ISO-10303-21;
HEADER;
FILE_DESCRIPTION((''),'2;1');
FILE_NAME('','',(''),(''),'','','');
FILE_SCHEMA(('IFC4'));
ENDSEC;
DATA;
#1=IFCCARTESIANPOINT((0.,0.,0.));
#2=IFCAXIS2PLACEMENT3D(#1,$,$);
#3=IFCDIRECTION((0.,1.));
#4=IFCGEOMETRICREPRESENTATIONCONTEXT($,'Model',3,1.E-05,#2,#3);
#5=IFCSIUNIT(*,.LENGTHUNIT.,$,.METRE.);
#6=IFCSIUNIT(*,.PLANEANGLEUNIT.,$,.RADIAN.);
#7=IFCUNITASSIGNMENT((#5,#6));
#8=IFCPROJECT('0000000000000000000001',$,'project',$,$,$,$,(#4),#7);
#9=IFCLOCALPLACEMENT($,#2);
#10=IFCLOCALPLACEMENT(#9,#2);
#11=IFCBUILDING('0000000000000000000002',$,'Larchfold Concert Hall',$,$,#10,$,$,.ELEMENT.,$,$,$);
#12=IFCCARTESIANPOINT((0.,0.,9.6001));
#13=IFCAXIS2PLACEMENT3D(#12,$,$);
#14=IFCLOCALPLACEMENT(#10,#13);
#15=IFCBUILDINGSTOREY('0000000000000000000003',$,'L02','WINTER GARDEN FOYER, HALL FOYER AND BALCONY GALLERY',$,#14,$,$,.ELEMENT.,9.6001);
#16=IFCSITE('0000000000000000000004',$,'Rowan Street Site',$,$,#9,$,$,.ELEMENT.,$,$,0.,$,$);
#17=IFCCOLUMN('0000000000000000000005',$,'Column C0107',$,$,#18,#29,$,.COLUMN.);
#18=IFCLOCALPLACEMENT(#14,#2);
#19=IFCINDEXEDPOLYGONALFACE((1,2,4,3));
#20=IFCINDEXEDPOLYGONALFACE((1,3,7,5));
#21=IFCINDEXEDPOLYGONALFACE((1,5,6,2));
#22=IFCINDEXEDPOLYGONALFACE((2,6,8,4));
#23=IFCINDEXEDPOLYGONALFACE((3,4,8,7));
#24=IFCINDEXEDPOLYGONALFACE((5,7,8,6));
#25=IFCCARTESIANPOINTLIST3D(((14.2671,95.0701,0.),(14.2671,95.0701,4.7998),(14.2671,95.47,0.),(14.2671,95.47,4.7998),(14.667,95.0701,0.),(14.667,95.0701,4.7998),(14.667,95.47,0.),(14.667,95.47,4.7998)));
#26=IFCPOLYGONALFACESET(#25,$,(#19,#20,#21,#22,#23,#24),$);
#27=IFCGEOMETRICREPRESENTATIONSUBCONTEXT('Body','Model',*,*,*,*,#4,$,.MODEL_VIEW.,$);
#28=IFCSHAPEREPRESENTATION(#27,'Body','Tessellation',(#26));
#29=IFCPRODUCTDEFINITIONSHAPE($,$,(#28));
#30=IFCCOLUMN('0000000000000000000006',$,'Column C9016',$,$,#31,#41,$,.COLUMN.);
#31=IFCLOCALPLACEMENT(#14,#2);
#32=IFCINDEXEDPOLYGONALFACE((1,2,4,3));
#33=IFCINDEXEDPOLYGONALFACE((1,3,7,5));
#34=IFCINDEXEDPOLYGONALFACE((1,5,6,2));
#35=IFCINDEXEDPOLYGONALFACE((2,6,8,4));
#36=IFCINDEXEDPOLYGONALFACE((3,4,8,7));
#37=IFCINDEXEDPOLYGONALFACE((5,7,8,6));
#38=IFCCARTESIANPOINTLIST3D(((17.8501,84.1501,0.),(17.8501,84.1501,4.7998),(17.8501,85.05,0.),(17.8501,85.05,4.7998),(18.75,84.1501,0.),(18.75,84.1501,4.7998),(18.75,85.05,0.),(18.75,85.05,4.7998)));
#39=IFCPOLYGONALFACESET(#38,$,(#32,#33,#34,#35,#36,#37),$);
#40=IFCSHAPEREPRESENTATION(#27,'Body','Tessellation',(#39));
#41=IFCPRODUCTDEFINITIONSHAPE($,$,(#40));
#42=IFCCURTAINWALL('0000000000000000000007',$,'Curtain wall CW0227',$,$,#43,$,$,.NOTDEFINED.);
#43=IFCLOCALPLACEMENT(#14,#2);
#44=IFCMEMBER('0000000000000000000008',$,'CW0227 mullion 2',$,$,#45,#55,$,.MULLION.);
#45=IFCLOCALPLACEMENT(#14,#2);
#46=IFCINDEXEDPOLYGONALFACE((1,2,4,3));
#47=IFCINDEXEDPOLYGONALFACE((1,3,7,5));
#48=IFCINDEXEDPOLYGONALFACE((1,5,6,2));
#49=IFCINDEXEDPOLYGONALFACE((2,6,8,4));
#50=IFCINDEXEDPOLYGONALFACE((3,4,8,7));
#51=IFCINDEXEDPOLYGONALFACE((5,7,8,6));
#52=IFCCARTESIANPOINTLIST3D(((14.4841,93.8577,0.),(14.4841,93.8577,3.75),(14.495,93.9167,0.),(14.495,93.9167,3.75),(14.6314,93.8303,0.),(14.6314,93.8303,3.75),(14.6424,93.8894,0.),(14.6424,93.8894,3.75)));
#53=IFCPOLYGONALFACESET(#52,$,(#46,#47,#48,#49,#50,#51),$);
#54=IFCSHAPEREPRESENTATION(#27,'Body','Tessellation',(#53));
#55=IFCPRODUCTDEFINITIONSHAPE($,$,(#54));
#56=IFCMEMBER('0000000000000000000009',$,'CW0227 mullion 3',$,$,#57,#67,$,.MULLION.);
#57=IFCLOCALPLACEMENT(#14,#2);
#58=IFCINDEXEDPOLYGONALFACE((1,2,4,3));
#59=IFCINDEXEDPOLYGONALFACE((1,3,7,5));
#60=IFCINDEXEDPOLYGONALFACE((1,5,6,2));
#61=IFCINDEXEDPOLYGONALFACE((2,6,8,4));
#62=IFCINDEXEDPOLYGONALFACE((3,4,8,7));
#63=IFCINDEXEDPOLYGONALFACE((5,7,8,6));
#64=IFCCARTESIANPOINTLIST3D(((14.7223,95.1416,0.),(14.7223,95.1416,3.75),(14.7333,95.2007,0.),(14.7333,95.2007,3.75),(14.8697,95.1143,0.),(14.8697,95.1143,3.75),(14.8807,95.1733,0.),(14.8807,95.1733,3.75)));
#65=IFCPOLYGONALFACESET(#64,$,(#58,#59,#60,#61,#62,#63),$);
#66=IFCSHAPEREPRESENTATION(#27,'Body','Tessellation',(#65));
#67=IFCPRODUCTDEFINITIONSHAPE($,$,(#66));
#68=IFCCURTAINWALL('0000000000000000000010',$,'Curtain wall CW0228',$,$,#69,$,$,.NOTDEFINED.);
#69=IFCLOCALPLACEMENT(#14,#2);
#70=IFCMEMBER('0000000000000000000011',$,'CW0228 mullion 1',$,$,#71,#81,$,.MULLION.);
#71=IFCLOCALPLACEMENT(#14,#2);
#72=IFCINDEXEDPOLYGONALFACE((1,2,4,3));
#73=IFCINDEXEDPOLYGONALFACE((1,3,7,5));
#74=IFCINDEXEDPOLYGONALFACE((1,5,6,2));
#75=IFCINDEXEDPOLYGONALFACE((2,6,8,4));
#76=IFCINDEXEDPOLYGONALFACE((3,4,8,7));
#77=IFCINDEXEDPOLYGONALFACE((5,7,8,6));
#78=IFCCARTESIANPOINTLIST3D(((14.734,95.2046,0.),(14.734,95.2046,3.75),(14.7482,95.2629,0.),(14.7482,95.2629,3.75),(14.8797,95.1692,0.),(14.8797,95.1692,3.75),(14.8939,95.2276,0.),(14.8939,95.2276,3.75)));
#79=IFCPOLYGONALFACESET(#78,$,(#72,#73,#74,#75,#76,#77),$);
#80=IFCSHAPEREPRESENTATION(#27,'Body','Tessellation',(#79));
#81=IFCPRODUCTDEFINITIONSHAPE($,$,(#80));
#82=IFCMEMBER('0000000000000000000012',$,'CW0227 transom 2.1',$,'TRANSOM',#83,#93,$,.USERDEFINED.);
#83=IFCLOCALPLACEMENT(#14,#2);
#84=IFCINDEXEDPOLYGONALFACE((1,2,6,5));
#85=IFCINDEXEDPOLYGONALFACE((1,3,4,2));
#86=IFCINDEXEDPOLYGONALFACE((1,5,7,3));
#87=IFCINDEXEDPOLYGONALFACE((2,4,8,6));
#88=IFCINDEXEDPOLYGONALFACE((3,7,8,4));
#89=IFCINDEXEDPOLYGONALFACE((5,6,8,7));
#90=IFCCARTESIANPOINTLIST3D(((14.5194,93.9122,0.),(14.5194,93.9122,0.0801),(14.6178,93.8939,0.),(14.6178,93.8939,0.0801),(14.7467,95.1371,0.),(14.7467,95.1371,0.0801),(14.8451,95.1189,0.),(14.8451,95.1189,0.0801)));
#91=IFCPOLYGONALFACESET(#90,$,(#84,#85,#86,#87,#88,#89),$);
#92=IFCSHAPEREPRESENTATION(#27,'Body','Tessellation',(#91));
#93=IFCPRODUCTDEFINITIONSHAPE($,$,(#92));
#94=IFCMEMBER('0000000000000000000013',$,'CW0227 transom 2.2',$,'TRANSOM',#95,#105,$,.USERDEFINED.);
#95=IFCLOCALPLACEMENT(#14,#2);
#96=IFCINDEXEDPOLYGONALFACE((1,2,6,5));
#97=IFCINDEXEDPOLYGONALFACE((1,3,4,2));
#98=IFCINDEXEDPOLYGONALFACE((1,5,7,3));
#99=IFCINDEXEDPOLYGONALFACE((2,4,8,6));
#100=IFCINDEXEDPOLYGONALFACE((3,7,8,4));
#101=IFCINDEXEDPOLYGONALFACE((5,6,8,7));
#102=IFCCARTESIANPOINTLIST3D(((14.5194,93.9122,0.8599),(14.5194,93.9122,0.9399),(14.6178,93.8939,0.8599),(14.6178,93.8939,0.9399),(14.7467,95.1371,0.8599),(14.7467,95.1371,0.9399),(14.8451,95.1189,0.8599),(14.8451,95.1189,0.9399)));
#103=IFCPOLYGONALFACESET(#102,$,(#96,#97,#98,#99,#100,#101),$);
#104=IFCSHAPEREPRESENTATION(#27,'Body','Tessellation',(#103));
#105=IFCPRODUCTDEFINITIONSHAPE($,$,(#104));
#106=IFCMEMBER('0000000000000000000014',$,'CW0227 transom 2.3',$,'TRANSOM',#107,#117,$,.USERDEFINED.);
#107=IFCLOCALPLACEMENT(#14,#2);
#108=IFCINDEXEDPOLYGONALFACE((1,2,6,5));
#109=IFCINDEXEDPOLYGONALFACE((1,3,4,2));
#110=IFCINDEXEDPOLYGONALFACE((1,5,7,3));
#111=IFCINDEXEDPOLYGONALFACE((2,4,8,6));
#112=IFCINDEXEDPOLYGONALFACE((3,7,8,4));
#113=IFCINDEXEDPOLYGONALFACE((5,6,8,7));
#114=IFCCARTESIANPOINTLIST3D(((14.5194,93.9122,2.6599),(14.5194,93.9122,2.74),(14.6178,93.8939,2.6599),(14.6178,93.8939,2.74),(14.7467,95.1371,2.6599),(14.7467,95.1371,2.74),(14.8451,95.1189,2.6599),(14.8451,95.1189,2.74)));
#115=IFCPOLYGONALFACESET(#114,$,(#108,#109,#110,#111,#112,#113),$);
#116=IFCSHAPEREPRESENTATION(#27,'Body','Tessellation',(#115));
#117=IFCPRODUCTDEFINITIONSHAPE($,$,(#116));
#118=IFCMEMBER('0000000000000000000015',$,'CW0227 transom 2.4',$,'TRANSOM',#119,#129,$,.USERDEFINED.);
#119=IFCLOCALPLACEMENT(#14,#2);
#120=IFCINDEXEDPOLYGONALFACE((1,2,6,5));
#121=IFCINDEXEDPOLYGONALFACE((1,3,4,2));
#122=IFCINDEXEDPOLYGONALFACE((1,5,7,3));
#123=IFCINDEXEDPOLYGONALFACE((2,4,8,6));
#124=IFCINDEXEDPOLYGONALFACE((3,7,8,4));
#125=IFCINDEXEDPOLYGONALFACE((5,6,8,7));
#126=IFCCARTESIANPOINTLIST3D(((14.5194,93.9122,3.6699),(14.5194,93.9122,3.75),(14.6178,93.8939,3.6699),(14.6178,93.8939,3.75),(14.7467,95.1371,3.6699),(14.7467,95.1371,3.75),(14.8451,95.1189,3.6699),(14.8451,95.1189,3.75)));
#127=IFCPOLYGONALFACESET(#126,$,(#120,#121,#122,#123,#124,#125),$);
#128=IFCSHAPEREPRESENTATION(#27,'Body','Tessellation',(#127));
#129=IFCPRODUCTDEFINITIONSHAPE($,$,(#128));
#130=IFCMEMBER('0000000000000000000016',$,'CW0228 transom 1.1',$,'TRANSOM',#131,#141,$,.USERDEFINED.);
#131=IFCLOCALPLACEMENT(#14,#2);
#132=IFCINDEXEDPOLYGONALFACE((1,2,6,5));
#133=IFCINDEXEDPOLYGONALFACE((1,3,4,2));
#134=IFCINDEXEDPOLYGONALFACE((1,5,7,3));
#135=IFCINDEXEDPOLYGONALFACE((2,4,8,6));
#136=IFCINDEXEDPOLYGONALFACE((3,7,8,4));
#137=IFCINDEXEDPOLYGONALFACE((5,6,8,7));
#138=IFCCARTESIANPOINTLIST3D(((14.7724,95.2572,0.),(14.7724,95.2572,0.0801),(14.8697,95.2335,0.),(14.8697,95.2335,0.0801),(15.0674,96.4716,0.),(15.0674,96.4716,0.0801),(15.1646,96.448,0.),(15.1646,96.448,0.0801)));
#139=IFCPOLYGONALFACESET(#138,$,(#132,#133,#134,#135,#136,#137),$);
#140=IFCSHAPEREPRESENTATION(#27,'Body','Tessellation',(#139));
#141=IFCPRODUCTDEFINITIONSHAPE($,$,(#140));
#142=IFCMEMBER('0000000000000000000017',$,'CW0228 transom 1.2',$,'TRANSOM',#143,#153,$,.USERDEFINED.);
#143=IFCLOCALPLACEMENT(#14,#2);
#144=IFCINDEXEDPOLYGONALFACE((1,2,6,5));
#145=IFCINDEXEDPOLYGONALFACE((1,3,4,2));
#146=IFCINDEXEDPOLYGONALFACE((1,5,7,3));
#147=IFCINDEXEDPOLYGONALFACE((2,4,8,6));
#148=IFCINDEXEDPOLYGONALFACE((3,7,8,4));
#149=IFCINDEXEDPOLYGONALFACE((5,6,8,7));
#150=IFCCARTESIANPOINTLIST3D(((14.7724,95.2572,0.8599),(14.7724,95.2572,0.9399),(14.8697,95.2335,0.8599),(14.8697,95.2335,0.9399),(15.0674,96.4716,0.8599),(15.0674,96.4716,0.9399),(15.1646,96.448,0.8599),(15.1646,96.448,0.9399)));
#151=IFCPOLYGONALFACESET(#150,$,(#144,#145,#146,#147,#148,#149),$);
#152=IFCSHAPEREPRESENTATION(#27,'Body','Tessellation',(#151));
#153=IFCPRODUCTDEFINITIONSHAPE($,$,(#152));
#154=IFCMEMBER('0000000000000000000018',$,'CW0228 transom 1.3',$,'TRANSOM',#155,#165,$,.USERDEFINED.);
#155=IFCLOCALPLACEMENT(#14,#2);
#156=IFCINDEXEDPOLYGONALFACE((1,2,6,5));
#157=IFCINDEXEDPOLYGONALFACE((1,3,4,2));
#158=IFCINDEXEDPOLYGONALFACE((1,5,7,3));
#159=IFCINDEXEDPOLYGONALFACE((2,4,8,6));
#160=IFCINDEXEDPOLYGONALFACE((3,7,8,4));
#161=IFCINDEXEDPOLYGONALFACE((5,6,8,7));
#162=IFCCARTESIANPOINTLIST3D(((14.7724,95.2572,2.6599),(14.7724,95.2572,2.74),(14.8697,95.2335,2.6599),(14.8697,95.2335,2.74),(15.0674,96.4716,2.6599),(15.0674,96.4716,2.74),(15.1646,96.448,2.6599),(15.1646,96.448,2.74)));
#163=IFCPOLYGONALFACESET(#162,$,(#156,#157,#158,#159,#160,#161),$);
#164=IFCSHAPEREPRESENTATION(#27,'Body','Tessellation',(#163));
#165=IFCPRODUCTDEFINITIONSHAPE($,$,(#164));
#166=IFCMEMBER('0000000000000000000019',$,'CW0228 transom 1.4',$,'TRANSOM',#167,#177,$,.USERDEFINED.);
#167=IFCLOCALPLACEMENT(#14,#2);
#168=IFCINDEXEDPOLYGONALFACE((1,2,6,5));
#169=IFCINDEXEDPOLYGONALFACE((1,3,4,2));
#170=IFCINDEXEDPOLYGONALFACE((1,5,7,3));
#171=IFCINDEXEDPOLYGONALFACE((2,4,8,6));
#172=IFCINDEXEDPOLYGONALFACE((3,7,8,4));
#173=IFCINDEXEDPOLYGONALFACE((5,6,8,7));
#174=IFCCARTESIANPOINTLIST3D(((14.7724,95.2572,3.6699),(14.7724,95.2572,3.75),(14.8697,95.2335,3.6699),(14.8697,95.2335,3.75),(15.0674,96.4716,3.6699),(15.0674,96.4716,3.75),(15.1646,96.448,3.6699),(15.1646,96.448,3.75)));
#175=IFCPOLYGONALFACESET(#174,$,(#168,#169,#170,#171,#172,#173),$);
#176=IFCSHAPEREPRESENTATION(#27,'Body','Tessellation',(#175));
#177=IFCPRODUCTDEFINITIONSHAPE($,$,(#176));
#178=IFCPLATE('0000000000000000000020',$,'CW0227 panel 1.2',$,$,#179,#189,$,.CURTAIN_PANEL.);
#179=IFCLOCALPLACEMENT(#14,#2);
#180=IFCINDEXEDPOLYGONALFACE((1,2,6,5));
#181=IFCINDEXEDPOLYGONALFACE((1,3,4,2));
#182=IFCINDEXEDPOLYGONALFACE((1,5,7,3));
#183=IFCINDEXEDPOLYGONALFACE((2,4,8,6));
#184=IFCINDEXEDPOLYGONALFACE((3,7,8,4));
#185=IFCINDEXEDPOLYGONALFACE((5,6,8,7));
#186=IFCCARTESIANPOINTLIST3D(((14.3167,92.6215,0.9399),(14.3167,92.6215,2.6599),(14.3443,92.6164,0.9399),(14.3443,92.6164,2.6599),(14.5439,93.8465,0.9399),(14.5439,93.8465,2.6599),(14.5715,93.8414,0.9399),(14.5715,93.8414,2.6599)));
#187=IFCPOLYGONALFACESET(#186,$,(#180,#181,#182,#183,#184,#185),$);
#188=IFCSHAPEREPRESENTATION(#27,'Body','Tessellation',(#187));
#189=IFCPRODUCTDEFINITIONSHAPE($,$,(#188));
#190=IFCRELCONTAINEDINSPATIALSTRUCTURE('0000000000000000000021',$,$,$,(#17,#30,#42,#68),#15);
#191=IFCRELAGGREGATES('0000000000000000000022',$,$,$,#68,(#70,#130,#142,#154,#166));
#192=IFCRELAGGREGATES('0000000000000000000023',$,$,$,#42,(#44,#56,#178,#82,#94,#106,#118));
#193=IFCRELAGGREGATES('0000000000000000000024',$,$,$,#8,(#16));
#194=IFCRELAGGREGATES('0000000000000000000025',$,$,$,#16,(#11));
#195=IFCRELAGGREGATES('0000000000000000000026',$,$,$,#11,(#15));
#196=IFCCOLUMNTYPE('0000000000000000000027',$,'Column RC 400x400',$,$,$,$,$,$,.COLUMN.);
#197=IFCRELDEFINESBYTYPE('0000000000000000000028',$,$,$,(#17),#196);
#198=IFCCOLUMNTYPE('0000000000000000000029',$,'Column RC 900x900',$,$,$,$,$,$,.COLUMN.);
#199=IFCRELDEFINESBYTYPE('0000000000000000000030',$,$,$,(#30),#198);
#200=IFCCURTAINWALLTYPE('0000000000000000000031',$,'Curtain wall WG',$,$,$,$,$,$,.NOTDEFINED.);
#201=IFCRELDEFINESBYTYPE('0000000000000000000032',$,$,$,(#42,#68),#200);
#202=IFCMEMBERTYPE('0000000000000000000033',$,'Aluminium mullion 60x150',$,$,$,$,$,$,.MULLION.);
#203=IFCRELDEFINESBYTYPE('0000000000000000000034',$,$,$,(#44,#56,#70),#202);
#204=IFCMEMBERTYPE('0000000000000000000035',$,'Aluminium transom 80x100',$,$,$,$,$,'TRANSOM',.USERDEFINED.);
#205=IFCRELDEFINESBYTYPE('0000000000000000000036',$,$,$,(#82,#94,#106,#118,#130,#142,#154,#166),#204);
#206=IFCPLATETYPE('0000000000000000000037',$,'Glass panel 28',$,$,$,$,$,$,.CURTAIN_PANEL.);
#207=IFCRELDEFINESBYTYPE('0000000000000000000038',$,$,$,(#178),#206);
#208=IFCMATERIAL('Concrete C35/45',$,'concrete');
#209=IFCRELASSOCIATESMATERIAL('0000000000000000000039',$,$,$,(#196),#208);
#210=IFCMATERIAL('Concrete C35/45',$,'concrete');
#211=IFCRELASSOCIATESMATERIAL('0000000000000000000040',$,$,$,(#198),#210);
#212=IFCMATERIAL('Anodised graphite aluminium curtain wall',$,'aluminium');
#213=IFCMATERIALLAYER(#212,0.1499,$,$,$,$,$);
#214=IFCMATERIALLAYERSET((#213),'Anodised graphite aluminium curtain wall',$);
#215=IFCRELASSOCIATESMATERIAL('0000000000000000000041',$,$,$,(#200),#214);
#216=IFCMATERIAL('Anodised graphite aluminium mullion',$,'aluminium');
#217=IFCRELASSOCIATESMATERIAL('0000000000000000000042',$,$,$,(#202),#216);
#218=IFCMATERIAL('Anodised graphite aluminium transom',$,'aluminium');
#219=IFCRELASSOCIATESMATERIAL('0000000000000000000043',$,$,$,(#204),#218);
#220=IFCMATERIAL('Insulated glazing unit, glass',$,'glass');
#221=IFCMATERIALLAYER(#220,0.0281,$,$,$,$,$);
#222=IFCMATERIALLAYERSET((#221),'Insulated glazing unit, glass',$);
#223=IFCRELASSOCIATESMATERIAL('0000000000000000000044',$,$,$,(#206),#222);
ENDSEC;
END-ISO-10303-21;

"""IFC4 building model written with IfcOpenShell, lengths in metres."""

from ifc_helpers import new_model, si_unit, direction, frame, origin, origin_2d, place, context, subcontext, project, spatial, rectangle, extrude, material, layer, layer_set, material_profile, profile_set, type_object, element, aggregate, save


model = new_model("IFC4")

# Units and contexts
model_context = context("Model", 3, precision=1e-05, world=origin(), true_north=direction((0.0, 1.0)))
body_context = subcontext(model_context, "Body", "Model", "MODEL_VIEW")
ifc_project = project(units=[si_unit("LENGTHUNIT", "METRE"), si_unit("PLANEANGLEUNIT", "RADIAN")], contexts=[model_context])

# Site, building, storey
site_placement = place(None, origin())
site = spatial("IfcSite", under=ifc_project, at=site_placement, Name="Rowan Street Site", CompositionType="ELEMENT", RefElevation=0.0)
building_placement = place(site_placement, origin())
building = spatial("IfcBuilding", under=site, at=building_placement, Name="Larchfold Concert Hall", CompositionType="ELEMENT")
storey_placement = place(building_placement, frame((0.0, 0.0, 9.6001)))
storey = spatial("IfcBuildingStorey", under=building, at=storey_placement, Name="L02", Description="WINTER GARDEN FOYER, HALL FOYER AND BALCONY GALLERY", CompositionType="ELEMENT", Elevation=9.6001)

# Columns
ifc_material_1 = material(Name="Concrete C35/45", Category="concrete")
ifc_material_profile_1 = material_profile(ifc_material_1, rectangle(XDim=0.3999, YDim=0.3999, at=origin_2d()))
ifc_profile_set_1 = profile_set([ifc_material_profile_1], Name="Concrete C35/45")
column_type_1 = type_object("IfcColumnType", Name="Column RC 400x400", PredefinedType="COLUMN", material=ifc_profile_set_1)
column_1_placement = place(storey_placement, frame((14.467, 95.27, 0.0), z_axis=(0.0, 0.0, 1.0), x_axis=(1.0, 0.0, 0.0)))
element("IfcColumn", 1, at=column_1_placement, inside=storey, type_object=column_type_1, Name="Column C0107", PredefinedType="COLUMN", context=body_context, shape_type="SweptSolid", body=[
    extrude(rectangle(XDim=0.3999, YDim=0.3999, at=origin_2d()), origin(), (0.0, 0.0, 1.0), 4.7998),
])
ifc_material_2 = material(Name="Concrete C35/45", Category="concrete")
ifc_material_profile_2 = material_profile(ifc_material_2, rectangle(XDim=0.8999, YDim=0.8999, at=origin_2d()))
ifc_profile_set_2 = profile_set([ifc_material_profile_2], Name="Concrete C35/45")
column_type_2 = type_object("IfcColumnType", Name="Column RC 900x900", PredefinedType="COLUMN", material=ifc_profile_set_2)
column_2_placement = place(storey_placement, frame((18.3, 84.6001, 0.0), z_axis=(0.0, 0.0, 1.0), x_axis=(0.000002, 1.0, 0.0)))
element("IfcColumn", 2, at=column_2_placement, inside=storey, type_object=column_type_2, Name="Column C9016", PredefinedType="COLUMN", context=body_context, shape_type="SweptSolid", body=[
    extrude(rectangle(XDim=0.8999, YDim=0.8999, at=origin_2d()), origin(), (0.0, 0.0, 1.0), 4.7998),
])

# Curtain wall, members
ifc_material_3 = material(Name="Anodised graphite aluminium curtain wall", Category="aluminium")
ifc_layer_1 = layer(ifc_material_3, 0.1499)
ifc_layer_set_1 = layer_set([ifc_layer_1], Name="Anodised graphite aluminium curtain wall")
curtain_wall_type = type_object("IfcCurtainWallType", Name="Curtain wall WG", PredefinedType="NOTDEFINED", material=ifc_layer_set_1)
curtain_wall_1_placement = place(storey_placement, origin())
curtain_wall_1 = element("IfcCurtainWall", 3, at=curtain_wall_1_placement, inside=storey, type_object=curtain_wall_type, Name="Curtain wall CW0227", PredefinedType="NOTDEFINED")
ifc_material_4 = material(Name="Anodised graphite aluminium mullion", Category="aluminium")
ifc_material_profile_3 = material_profile(ifc_material_4, rectangle(XDim=0.1499, YDim=0.0601, at=origin_2d()))
ifc_profile_set_3 = profile_set([ifc_material_profile_3], Name="Anodised graphite aluminium mullion")
member_type_1 = type_object("IfcMemberType", Name="Aluminium mullion 60x150", PredefinedType="MULLION", material=ifc_profile_set_3)
member_1_placement = place(storey_placement, frame((14.5632, 93.8735, 0.0), z_axis=(0.0, 0.0, 1.0), x_axis=(-0.983226, 0.18239, 0.0)))
member_1 = element("IfcMember", 4, at=member_1_placement, type_object=member_type_1, Name="CW0227 mullion 2", PredefinedType="MULLION", context=body_context, shape_type="SweptSolid", body=[
    extrude(rectangle(XDim=0.1499, YDim=0.0601, at=origin_2d()), origin(), (0.0, 0.0, 1.0), 3.75),
])
member_2_placement = place(storey_placement, frame((14.8015, 95.1575, 0.0), z_axis=(0.0, 0.0, 1.0), x_axis=(-0.983226, 0.18239, 0.0)))
member_2 = element("IfcMember", 5, at=member_2_placement, type_object=member_type_1, Name="CW0227 mullion 3", PredefinedType="MULLION", context=body_context, shape_type="SweptSolid", body=[
    extrude(rectangle(XDim=0.1499, YDim=0.0601, at=origin_2d()), origin(), (0.0, 0.0, 1.0), 3.75),
])

# Curtain wall, member
curtain_wall_2_placement = place(storey_placement, origin())
curtain_wall_2 = element("IfcCurtainWall", 6, at=curtain_wall_2_placement, inside=storey, type_object=curtain_wall_type, Name="Curtain wall CW0228", PredefinedType="NOTDEFINED")
member_3_placement = place(storey_placement, frame((14.814, 95.2161, 0.0), z_axis=(0.0, 0.0, 1.0), x_axis=(-0.971771, 0.235926, 0.0)))
member_3 = element("IfcMember", 7, at=member_3_placement, type_object=member_type_1, Name="CW0228 mullion 1", PredefinedType="MULLION", context=body_context, shape_type="SweptSolid", body=[
    extrude(rectangle(XDim=0.1499, YDim=0.0601, at=origin_2d()), origin(), (0.0, 0.0, 1.0), 3.75),
])

# Members
ifc_material_5 = material(Name="Anodised graphite aluminium transom", Category="aluminium")
ifc_material_profile_4 = material_profile(ifc_material_5, rectangle(XDim=0.1001, YDim=0.0801, at=origin_2d()))
ifc_profile_set_4 = profile_set([ifc_material_profile_4], Name="Anodised graphite aluminium transom")
member_type_2 = type_object("IfcMemberType", Name="Aluminium transom 80x100", ElementType="TRANSOM", PredefinedType="USERDEFINED", material=ifc_profile_set_4)
member_4_placement = place(storey_placement, frame((14.5686, 93.9031, 0.04), z_axis=(0.182454, 0.983214, 0.0), x_axis=(-0.983214, 0.182454, 0.0)))
member_4 = element("IfcMember", 8, at=member_4_placement, type_object=member_type_2, Name="CW0227 transom 2.1", ObjectType="TRANSOM", PredefinedType="USERDEFINED", context=body_context, shape_type="SweptSolid", body=[
    extrude(rectangle(XDim=0.1001, YDim=0.0801, at=origin_2d()), origin(), (0.0, 0.0, 1.0), 1.2458),
])
member_5_placement = place(storey_placement, frame((14.5686, 93.9031, 0.8999), z_axis=(0.182454, 0.983214, 0.0), x_axis=(-0.983214, 0.182454, 0.0)))
member_5 = element("IfcMember", 9, at=member_5_placement, type_object=member_type_2, Name="CW0227 transom 2.2", ObjectType="TRANSOM", PredefinedType="USERDEFINED", context=body_context, shape_type="SweptSolid", body=[
    extrude(rectangle(XDim=0.1001, YDim=0.0801, at=origin_2d()), origin(), (0.0, 0.0, 1.0), 1.2458),
])
member_6_placement = place(storey_placement, frame((14.5686, 93.9031, 2.7), z_axis=(0.182454, 0.983214, 0.0), x_axis=(-0.983214, 0.182454, 0.0)))
member_6 = element("IfcMember", 10, at=member_6_placement, type_object=member_type_2, Name="CW0227 transom 2.3", ObjectType="TRANSOM", PredefinedType="USERDEFINED", context=body_context, shape_type="SweptSolid", body=[
    extrude(rectangle(XDim=0.1001, YDim=0.0801, at=origin_2d()), origin(), (0.0, 0.0, 1.0), 1.2458),
])
member_7_placement = place(storey_placement, frame((14.5686, 93.9031, 3.71), z_axis=(0.182454, 0.983214, 0.0), x_axis=(-0.983214, 0.182454, 0.0)))
member_7 = element("IfcMember", 11, at=member_7_placement, type_object=member_type_2, Name="CW0227 transom 2.4", ObjectType="TRANSOM", PredefinedType="USERDEFINED", context=body_context, shape_type="SweptSolid", body=[
    extrude(rectangle(XDim=0.1001, YDim=0.0801, at=origin_2d()), origin(), (0.0, 0.0, 1.0), 1.2458),
])
member_8_placement = place(storey_placement, frame((14.821, 95.2454, 0.04), z_axis=(0.236003, 0.971752, 0.0), x_axis=(-0.971752, 0.236003, 0.0)))
member_8 = element("IfcMember", 12, at=member_8_placement, type_object=member_type_2, Name="CW0228 transom 1.1", ObjectType="TRANSOM", PredefinedType="USERDEFINED", context=body_context, shape_type="SweptSolid", body=[
    extrude(rectangle(XDim=0.1001, YDim=0.0801, at=origin_2d()), origin(), (0.0, 0.0, 1.0), 1.2498),
])
member_9_placement = place(storey_placement, frame((14.821, 95.2454, 0.8999), z_axis=(0.236003, 0.971752, 0.0), x_axis=(-0.971752, 0.236003, 0.0)))
member_9 = element("IfcMember", 13, at=member_9_placement, type_object=member_type_2, Name="CW0228 transom 1.2", ObjectType="TRANSOM", PredefinedType="USERDEFINED", context=body_context, shape_type="SweptSolid", body=[
    extrude(rectangle(XDim=0.1001, YDim=0.0801, at=origin_2d()), origin(), (0.0, 0.0, 1.0), 1.2498),
])
member_10_placement = place(storey_placement, frame((14.821, 95.2454, 2.7), z_axis=(0.236003, 0.971752, 0.0), x_axis=(-0.971752, 0.236003, 0.0)))
member_10 = element("IfcMember", 14, at=member_10_placement, type_object=member_type_2, Name="CW0228 transom 1.3", ObjectType="TRANSOM", PredefinedType="USERDEFINED", context=body_context, shape_type="SweptSolid", body=[
    extrude(rectangle(XDim=0.1001, YDim=0.0801, at=origin_2d()), origin(), (0.0, 0.0, 1.0), 1.2498),
])
member_11_placement = place(storey_placement, frame((14.821, 95.2454, 3.71), z_axis=(0.236003, 0.971752, 0.0), x_axis=(-0.971752, 0.236003, 0.0)))
member_11 = element("IfcMember", 15, at=member_11_placement, type_object=member_type_2, Name="CW0228 transom 1.4", ObjectType="TRANSOM", PredefinedType="USERDEFINED", context=body_context, shape_type="SweptSolid", body=[
    extrude(rectangle(XDim=0.1001, YDim=0.0801, at=origin_2d()), origin(), (0.0, 0.0, 1.0), 1.2498),
])
aggregate(curtain_wall_2, [member_3, member_8, member_9, member_10, member_11])

# Plate
ifc_material_6 = material(Name="Insulated glazing unit, glass", Category="glass")
ifc_layer_2 = layer(ifc_material_6, 0.0281)
ifc_layer_set_2 = layer_set([ifc_layer_2], Name="Insulated glazing unit, glass")
plate_type_1 = type_object("IfcPlateType", Name="Glass panel 28", PredefinedType="CURTAIN_PANEL", material=ifc_layer_set_2)
plate_1_placement = place(storey_placement, frame((14.4441, 93.2314, 0.9399), z_axis=(0.0, 0.0, 1.0), x_axis=(0.18239, 0.983226, 0.0)))
plate_1 = element("IfcPlate", 16, at=plate_1_placement, type_object=plate_type_1, Name="CW0227 panel 1.2", PredefinedType="CURTAIN_PANEL", context=body_context, shape_type="SweptSolid", body=[
    extrude(rectangle(XDim=1.2458, YDim=0.0281, at=origin_2d()), origin(), (0.0, 0.0, 1.0), 1.72),
])
aggregate(curtain_wall_1, [member_1, member_2, plate_1, member_4, member_5, member_6, member_7])

save(model, "model.ifc")
